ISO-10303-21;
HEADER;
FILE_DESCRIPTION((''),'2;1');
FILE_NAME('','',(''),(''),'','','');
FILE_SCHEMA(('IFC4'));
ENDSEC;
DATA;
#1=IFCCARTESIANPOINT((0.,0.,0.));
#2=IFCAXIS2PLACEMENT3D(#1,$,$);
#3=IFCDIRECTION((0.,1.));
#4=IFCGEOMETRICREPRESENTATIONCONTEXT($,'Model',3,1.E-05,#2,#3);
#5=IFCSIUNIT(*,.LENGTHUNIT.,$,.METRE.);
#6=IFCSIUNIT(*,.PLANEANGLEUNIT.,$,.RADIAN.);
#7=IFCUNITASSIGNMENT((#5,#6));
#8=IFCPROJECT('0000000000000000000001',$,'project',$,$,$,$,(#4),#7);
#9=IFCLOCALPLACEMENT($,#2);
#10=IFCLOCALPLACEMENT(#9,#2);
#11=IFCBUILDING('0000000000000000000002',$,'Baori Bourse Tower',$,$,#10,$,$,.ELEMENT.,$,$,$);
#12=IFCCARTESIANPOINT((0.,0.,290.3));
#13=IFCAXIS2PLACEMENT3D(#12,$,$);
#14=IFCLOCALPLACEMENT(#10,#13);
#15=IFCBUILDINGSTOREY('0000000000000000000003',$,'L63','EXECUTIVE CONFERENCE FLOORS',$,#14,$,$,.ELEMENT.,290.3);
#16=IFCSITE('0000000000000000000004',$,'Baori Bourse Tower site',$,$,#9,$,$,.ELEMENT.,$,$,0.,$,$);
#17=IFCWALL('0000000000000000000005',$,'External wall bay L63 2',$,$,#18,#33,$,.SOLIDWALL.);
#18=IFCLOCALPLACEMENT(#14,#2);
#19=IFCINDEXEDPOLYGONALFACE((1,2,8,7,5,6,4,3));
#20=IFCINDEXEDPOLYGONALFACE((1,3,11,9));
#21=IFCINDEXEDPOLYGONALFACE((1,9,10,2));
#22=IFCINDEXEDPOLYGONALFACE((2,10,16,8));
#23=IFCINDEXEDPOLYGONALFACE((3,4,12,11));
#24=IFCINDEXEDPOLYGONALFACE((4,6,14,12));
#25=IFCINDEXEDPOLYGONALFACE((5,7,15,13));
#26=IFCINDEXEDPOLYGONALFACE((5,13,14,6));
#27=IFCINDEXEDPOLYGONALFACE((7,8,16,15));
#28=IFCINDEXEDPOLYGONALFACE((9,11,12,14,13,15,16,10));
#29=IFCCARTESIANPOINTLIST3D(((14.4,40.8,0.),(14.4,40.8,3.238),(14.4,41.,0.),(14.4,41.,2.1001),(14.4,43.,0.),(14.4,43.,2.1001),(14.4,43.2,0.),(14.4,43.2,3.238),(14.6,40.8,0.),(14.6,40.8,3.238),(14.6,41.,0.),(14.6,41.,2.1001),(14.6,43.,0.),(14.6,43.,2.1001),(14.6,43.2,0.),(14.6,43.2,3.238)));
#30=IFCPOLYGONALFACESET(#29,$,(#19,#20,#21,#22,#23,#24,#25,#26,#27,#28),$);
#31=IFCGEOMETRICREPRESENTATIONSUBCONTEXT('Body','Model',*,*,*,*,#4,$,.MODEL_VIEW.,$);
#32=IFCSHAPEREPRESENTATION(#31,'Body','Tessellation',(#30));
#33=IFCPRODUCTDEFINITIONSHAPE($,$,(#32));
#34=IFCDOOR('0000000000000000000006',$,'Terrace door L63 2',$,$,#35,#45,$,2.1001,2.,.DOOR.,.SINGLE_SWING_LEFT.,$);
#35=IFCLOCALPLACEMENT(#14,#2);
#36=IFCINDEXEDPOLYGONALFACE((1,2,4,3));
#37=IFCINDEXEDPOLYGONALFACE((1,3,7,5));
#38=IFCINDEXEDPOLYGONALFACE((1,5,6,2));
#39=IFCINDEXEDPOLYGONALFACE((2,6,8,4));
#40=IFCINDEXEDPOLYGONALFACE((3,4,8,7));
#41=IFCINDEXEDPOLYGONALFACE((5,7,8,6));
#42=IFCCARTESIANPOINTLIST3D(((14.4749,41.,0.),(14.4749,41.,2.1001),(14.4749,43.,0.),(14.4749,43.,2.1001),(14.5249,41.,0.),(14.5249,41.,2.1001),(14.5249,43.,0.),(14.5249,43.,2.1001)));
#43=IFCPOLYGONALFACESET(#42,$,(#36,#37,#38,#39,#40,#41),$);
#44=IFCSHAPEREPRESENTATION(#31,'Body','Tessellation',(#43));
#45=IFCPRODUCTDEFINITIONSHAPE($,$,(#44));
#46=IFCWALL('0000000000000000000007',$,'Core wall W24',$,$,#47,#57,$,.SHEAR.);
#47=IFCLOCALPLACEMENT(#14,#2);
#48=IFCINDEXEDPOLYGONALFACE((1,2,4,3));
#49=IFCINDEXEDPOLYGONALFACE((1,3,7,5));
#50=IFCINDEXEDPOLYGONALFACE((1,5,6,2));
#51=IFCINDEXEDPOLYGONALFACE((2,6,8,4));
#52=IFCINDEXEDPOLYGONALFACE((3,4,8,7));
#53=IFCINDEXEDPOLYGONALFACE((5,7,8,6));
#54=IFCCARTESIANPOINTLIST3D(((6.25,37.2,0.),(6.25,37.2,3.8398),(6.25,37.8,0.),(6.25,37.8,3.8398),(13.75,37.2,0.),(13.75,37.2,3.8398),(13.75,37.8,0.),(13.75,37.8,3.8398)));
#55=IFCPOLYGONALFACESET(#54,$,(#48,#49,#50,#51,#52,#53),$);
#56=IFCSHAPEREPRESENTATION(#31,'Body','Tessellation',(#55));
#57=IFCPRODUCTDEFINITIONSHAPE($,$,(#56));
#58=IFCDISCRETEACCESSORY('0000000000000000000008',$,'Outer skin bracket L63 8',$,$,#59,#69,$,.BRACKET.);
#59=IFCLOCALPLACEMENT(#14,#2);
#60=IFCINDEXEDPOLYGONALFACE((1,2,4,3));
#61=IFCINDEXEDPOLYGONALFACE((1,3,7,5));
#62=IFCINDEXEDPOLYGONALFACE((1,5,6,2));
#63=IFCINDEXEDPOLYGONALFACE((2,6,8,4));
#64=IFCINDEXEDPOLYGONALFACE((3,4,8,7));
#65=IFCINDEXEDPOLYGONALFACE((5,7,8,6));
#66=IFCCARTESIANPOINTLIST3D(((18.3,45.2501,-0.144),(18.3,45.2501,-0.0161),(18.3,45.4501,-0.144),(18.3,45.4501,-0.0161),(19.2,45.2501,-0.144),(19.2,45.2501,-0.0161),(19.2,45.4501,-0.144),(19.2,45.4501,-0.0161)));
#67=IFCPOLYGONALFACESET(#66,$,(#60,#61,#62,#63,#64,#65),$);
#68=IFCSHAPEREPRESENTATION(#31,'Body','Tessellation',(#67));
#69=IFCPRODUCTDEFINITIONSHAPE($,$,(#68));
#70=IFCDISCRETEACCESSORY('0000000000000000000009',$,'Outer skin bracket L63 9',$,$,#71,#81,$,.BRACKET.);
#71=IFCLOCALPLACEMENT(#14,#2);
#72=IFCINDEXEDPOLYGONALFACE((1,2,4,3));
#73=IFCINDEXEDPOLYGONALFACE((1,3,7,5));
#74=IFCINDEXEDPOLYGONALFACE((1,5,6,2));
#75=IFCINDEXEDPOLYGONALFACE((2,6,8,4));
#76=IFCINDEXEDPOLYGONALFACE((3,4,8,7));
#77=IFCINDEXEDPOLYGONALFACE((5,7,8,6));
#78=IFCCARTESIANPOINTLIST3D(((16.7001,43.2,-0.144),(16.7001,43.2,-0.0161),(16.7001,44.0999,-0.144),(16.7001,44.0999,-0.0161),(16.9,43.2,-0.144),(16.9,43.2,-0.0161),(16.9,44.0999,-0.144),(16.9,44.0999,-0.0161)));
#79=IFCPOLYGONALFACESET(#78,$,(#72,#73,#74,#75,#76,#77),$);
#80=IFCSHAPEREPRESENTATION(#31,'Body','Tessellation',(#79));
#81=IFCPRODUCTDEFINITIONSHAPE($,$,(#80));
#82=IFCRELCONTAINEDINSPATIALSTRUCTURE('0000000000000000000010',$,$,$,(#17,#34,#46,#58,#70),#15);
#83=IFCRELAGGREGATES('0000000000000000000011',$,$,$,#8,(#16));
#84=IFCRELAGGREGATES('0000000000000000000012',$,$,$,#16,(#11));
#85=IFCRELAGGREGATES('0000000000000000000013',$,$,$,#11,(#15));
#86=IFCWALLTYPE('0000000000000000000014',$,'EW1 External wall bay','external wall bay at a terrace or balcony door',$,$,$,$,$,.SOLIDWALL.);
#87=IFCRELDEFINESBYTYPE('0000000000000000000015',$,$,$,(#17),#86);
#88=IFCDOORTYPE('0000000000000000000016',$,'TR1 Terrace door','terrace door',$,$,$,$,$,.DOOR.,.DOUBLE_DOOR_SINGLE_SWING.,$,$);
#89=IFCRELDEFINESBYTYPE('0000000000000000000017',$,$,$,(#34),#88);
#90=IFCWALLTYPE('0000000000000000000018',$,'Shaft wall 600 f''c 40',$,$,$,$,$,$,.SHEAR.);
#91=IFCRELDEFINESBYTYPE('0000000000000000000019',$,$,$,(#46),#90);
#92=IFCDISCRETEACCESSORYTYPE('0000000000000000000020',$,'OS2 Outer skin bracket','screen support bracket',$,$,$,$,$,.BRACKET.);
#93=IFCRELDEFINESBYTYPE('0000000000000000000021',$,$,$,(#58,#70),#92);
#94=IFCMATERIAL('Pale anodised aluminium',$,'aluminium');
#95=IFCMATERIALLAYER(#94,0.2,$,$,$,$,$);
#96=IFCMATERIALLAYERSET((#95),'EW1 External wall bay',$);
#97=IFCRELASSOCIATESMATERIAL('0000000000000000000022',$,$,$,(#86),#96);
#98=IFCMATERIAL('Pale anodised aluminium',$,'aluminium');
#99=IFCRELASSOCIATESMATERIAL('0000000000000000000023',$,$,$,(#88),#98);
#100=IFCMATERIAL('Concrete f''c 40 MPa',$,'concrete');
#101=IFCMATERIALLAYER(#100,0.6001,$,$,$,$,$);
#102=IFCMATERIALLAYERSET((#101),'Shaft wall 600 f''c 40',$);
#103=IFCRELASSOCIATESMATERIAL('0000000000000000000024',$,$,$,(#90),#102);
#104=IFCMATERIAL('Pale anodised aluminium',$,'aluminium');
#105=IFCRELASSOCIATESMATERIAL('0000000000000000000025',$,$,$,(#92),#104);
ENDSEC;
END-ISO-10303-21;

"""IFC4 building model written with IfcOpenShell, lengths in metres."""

from ifc_helpers import new_model, si_unit, direction, frame, frame_2d, origin, origin_2d, place, context, subcontext, project, spatial, rectangle, extrude, material, layer, layer_set, type_object, element, fill, save


model = new_model("IFC4")

# Units and contexts
model_context = context("Model", 3, precision=1e-05, world=origin(), true_north=direction((0.0, 1.0)))
body_context = subcontext(model_context, "Body", "Model", "MODEL_VIEW")
ifc_project = project(units=[si_unit("LENGTHUNIT", "METRE"), si_unit("PLANEANGLEUNIT", "RADIAN")], contexts=[model_context])

# Site, building, storey
site_placement = place(None, origin())
site = spatial("IfcSite", under=ifc_project, at=site_placement, Name="Baori Bourse Tower site", CompositionType="ELEMENT", RefElevation=0.0)
building_placement = place(site_placement, origin())
building = spatial("IfcBuilding", under=site, at=building_placement, Name="Baori Bourse Tower", CompositionType="ELEMENT")
storey_placement = place(building_placement, frame((0.0, 0.0, 290.3)))
storey = spatial("IfcBuildingStorey", under=building, at=storey_placement, Name="L63", Description="EXECUTIVE CONFERENCE FLOORS", CompositionType="ELEMENT", Elevation=290.3)

# Wall, opening, door
ifc_material_1 = material(Name="Pale anodised aluminium", Category="aluminium")
ifc_layer_1 = layer(ifc_material_1, 0.2)
ifc_layer_set_1 = layer_set([ifc_layer_1], Name="EW1 External wall bay")
wall_type_1 = type_object("IfcWallType", Name="EW1 External wall bay", Description="external wall bay at a terrace or balcony door", PredefinedType="SOLIDWALL", material=ifc_layer_set_1)
wall_1_placement = place(storey_placement, frame((14.5, 43.2, 0.0), z_axis=(0.0, 0.0, 1.0), x_axis=(0.0, -1.0, 0.0)))
wall_1 = element("IfcWall", 1, at=wall_1_placement, inside=storey, type_object=wall_type_1, Name="External wall bay L63 2", PredefinedType="SOLIDWALL", context=body_context, shape_type="SweptSolid", body=[
    extrude(rectangle(XDim=2.3999, YDim=0.2, at=frame_2d((1.2, 0.0))), origin(), (0.0, 0.0, 1.0), 3.238),
])
opening_1_placement = place(wall_1_placement, frame((0.2, 0.0, 0.0)))
opening_1 = element("IfcOpeningElement", 2, at=opening_1_placement, cuts=wall_1, PredefinedType="OPENING", context=body_context, shape_type="SweptSolid", body=[
    extrude(rectangle(XDim=2.0, YDim=2.1001, at=frame_2d((1.0, 1.05))), frame((0.0, 0.1099, 0.0), z_axis=(0.0, -1.0, 0.0), x_axis=(1.0, 0.0, 0.0)), (0.0, 0.0, 1.0), 0.22),
])
ifc_material_2 = material(Name="Pale anodised aluminium", Category="aluminium")
door_type_1 = type_object("IfcDoorType", Name="TR1 Terrace door", Description="terrace door", OperationType="DOUBLE_DOOR_SINGLE_SWING", PredefinedType="DOOR", material=ifc_material_2)
door_1_placement = place(opening_1_placement, origin())
door_1 = element("IfcDoor", 3, at=door_1_placement, inside=storey, type_object=door_type_1, Name="Terrace door L63 2", OperationType="SINGLE_SWING_LEFT", OverallHeight=2.1001, OverallWidth=2.0, PredefinedType="DOOR", context=body_context, shape_type="SweptSolid", body=[
    extrude(rectangle(XDim=2.0, YDim=2.1001, at=frame_2d((1.0, 1.05))), frame((0.0, 0.0249, 0.0), z_axis=(0.0, -1.0, 0.0), x_axis=(1.0, 0.0, 0.0)), (0.0, 0.0, 1.0), 0.05),
])
fill(opening_1, door_1)

# Wall
ifc_material_3 = material(Name="Concrete f'c 40 MPa", Category="concrete")
ifc_layer_2 = layer(ifc_material_3, 0.6001)
ifc_layer_set_2 = layer_set([ifc_layer_2], Name="Shaft wall 600 f'c 40")
wall_type_2 = type_object("IfcWallType", Name="Shaft wall 600 f'c 40", PredefinedType="SHEAR", material=ifc_layer_set_2)
wall_2_placement = place(storey_placement, frame((6.25, 37.5, 0.0), z_axis=(0.0, 0.0, 1.0), x_axis=(1.0, 0.0, 0.0)))
element("IfcWall", 4, at=wall_2_placement, inside=storey, type_object=wall_type_2, Name="Core wall W24", PredefinedType="SHEAR", context=body_context, shape_type="SweptSolid", body=[
    extrude(rectangle(XDim=7.5, YDim=0.6001, at=frame_2d((3.75, 0.0))), origin(), (0.0, 0.0, 1.0), 3.8398),
])

# Discrete accessories
ifc_material_4 = material(Name="Pale anodised aluminium", Category="aluminium")
discrete_accessory_type = type_object("IfcDiscreteAccessoryType", Name="OS2 Outer skin bracket", Description="screen support bracket", PredefinedType="BRACKET", material=ifc_material_4)
for number, where, z_axis, x_axis, name in (
    (5, (18.75, 45.3501, -0.144), (0.0, 0.0, 1.0), (0.0, -1.0, 0.0), "Outer skin bracket L63 8"),
    (6, (16.8, 43.6499, -0.144), (0.0, 0.0, 1.0), (-1.0, 0.0, 0.0), "Outer skin bracket L63 9"),
):
    element("IfcDiscreteAccessory", number, at=place(storey_placement, frame(where, z_axis=z_axis, x_axis=x_axis)), inside=storey, type_object=discrete_accessory_type, Name=name, PredefinedType="BRACKET", context=body_context, shape_type="SweptSolid", body=[
        extrude(rectangle(XDim=0.2, YDim=0.8999, at=origin_2d()), origin(), (0.0, 0.0, 1.0), 0.1279),
    ])

save(model, "model.ifc")
